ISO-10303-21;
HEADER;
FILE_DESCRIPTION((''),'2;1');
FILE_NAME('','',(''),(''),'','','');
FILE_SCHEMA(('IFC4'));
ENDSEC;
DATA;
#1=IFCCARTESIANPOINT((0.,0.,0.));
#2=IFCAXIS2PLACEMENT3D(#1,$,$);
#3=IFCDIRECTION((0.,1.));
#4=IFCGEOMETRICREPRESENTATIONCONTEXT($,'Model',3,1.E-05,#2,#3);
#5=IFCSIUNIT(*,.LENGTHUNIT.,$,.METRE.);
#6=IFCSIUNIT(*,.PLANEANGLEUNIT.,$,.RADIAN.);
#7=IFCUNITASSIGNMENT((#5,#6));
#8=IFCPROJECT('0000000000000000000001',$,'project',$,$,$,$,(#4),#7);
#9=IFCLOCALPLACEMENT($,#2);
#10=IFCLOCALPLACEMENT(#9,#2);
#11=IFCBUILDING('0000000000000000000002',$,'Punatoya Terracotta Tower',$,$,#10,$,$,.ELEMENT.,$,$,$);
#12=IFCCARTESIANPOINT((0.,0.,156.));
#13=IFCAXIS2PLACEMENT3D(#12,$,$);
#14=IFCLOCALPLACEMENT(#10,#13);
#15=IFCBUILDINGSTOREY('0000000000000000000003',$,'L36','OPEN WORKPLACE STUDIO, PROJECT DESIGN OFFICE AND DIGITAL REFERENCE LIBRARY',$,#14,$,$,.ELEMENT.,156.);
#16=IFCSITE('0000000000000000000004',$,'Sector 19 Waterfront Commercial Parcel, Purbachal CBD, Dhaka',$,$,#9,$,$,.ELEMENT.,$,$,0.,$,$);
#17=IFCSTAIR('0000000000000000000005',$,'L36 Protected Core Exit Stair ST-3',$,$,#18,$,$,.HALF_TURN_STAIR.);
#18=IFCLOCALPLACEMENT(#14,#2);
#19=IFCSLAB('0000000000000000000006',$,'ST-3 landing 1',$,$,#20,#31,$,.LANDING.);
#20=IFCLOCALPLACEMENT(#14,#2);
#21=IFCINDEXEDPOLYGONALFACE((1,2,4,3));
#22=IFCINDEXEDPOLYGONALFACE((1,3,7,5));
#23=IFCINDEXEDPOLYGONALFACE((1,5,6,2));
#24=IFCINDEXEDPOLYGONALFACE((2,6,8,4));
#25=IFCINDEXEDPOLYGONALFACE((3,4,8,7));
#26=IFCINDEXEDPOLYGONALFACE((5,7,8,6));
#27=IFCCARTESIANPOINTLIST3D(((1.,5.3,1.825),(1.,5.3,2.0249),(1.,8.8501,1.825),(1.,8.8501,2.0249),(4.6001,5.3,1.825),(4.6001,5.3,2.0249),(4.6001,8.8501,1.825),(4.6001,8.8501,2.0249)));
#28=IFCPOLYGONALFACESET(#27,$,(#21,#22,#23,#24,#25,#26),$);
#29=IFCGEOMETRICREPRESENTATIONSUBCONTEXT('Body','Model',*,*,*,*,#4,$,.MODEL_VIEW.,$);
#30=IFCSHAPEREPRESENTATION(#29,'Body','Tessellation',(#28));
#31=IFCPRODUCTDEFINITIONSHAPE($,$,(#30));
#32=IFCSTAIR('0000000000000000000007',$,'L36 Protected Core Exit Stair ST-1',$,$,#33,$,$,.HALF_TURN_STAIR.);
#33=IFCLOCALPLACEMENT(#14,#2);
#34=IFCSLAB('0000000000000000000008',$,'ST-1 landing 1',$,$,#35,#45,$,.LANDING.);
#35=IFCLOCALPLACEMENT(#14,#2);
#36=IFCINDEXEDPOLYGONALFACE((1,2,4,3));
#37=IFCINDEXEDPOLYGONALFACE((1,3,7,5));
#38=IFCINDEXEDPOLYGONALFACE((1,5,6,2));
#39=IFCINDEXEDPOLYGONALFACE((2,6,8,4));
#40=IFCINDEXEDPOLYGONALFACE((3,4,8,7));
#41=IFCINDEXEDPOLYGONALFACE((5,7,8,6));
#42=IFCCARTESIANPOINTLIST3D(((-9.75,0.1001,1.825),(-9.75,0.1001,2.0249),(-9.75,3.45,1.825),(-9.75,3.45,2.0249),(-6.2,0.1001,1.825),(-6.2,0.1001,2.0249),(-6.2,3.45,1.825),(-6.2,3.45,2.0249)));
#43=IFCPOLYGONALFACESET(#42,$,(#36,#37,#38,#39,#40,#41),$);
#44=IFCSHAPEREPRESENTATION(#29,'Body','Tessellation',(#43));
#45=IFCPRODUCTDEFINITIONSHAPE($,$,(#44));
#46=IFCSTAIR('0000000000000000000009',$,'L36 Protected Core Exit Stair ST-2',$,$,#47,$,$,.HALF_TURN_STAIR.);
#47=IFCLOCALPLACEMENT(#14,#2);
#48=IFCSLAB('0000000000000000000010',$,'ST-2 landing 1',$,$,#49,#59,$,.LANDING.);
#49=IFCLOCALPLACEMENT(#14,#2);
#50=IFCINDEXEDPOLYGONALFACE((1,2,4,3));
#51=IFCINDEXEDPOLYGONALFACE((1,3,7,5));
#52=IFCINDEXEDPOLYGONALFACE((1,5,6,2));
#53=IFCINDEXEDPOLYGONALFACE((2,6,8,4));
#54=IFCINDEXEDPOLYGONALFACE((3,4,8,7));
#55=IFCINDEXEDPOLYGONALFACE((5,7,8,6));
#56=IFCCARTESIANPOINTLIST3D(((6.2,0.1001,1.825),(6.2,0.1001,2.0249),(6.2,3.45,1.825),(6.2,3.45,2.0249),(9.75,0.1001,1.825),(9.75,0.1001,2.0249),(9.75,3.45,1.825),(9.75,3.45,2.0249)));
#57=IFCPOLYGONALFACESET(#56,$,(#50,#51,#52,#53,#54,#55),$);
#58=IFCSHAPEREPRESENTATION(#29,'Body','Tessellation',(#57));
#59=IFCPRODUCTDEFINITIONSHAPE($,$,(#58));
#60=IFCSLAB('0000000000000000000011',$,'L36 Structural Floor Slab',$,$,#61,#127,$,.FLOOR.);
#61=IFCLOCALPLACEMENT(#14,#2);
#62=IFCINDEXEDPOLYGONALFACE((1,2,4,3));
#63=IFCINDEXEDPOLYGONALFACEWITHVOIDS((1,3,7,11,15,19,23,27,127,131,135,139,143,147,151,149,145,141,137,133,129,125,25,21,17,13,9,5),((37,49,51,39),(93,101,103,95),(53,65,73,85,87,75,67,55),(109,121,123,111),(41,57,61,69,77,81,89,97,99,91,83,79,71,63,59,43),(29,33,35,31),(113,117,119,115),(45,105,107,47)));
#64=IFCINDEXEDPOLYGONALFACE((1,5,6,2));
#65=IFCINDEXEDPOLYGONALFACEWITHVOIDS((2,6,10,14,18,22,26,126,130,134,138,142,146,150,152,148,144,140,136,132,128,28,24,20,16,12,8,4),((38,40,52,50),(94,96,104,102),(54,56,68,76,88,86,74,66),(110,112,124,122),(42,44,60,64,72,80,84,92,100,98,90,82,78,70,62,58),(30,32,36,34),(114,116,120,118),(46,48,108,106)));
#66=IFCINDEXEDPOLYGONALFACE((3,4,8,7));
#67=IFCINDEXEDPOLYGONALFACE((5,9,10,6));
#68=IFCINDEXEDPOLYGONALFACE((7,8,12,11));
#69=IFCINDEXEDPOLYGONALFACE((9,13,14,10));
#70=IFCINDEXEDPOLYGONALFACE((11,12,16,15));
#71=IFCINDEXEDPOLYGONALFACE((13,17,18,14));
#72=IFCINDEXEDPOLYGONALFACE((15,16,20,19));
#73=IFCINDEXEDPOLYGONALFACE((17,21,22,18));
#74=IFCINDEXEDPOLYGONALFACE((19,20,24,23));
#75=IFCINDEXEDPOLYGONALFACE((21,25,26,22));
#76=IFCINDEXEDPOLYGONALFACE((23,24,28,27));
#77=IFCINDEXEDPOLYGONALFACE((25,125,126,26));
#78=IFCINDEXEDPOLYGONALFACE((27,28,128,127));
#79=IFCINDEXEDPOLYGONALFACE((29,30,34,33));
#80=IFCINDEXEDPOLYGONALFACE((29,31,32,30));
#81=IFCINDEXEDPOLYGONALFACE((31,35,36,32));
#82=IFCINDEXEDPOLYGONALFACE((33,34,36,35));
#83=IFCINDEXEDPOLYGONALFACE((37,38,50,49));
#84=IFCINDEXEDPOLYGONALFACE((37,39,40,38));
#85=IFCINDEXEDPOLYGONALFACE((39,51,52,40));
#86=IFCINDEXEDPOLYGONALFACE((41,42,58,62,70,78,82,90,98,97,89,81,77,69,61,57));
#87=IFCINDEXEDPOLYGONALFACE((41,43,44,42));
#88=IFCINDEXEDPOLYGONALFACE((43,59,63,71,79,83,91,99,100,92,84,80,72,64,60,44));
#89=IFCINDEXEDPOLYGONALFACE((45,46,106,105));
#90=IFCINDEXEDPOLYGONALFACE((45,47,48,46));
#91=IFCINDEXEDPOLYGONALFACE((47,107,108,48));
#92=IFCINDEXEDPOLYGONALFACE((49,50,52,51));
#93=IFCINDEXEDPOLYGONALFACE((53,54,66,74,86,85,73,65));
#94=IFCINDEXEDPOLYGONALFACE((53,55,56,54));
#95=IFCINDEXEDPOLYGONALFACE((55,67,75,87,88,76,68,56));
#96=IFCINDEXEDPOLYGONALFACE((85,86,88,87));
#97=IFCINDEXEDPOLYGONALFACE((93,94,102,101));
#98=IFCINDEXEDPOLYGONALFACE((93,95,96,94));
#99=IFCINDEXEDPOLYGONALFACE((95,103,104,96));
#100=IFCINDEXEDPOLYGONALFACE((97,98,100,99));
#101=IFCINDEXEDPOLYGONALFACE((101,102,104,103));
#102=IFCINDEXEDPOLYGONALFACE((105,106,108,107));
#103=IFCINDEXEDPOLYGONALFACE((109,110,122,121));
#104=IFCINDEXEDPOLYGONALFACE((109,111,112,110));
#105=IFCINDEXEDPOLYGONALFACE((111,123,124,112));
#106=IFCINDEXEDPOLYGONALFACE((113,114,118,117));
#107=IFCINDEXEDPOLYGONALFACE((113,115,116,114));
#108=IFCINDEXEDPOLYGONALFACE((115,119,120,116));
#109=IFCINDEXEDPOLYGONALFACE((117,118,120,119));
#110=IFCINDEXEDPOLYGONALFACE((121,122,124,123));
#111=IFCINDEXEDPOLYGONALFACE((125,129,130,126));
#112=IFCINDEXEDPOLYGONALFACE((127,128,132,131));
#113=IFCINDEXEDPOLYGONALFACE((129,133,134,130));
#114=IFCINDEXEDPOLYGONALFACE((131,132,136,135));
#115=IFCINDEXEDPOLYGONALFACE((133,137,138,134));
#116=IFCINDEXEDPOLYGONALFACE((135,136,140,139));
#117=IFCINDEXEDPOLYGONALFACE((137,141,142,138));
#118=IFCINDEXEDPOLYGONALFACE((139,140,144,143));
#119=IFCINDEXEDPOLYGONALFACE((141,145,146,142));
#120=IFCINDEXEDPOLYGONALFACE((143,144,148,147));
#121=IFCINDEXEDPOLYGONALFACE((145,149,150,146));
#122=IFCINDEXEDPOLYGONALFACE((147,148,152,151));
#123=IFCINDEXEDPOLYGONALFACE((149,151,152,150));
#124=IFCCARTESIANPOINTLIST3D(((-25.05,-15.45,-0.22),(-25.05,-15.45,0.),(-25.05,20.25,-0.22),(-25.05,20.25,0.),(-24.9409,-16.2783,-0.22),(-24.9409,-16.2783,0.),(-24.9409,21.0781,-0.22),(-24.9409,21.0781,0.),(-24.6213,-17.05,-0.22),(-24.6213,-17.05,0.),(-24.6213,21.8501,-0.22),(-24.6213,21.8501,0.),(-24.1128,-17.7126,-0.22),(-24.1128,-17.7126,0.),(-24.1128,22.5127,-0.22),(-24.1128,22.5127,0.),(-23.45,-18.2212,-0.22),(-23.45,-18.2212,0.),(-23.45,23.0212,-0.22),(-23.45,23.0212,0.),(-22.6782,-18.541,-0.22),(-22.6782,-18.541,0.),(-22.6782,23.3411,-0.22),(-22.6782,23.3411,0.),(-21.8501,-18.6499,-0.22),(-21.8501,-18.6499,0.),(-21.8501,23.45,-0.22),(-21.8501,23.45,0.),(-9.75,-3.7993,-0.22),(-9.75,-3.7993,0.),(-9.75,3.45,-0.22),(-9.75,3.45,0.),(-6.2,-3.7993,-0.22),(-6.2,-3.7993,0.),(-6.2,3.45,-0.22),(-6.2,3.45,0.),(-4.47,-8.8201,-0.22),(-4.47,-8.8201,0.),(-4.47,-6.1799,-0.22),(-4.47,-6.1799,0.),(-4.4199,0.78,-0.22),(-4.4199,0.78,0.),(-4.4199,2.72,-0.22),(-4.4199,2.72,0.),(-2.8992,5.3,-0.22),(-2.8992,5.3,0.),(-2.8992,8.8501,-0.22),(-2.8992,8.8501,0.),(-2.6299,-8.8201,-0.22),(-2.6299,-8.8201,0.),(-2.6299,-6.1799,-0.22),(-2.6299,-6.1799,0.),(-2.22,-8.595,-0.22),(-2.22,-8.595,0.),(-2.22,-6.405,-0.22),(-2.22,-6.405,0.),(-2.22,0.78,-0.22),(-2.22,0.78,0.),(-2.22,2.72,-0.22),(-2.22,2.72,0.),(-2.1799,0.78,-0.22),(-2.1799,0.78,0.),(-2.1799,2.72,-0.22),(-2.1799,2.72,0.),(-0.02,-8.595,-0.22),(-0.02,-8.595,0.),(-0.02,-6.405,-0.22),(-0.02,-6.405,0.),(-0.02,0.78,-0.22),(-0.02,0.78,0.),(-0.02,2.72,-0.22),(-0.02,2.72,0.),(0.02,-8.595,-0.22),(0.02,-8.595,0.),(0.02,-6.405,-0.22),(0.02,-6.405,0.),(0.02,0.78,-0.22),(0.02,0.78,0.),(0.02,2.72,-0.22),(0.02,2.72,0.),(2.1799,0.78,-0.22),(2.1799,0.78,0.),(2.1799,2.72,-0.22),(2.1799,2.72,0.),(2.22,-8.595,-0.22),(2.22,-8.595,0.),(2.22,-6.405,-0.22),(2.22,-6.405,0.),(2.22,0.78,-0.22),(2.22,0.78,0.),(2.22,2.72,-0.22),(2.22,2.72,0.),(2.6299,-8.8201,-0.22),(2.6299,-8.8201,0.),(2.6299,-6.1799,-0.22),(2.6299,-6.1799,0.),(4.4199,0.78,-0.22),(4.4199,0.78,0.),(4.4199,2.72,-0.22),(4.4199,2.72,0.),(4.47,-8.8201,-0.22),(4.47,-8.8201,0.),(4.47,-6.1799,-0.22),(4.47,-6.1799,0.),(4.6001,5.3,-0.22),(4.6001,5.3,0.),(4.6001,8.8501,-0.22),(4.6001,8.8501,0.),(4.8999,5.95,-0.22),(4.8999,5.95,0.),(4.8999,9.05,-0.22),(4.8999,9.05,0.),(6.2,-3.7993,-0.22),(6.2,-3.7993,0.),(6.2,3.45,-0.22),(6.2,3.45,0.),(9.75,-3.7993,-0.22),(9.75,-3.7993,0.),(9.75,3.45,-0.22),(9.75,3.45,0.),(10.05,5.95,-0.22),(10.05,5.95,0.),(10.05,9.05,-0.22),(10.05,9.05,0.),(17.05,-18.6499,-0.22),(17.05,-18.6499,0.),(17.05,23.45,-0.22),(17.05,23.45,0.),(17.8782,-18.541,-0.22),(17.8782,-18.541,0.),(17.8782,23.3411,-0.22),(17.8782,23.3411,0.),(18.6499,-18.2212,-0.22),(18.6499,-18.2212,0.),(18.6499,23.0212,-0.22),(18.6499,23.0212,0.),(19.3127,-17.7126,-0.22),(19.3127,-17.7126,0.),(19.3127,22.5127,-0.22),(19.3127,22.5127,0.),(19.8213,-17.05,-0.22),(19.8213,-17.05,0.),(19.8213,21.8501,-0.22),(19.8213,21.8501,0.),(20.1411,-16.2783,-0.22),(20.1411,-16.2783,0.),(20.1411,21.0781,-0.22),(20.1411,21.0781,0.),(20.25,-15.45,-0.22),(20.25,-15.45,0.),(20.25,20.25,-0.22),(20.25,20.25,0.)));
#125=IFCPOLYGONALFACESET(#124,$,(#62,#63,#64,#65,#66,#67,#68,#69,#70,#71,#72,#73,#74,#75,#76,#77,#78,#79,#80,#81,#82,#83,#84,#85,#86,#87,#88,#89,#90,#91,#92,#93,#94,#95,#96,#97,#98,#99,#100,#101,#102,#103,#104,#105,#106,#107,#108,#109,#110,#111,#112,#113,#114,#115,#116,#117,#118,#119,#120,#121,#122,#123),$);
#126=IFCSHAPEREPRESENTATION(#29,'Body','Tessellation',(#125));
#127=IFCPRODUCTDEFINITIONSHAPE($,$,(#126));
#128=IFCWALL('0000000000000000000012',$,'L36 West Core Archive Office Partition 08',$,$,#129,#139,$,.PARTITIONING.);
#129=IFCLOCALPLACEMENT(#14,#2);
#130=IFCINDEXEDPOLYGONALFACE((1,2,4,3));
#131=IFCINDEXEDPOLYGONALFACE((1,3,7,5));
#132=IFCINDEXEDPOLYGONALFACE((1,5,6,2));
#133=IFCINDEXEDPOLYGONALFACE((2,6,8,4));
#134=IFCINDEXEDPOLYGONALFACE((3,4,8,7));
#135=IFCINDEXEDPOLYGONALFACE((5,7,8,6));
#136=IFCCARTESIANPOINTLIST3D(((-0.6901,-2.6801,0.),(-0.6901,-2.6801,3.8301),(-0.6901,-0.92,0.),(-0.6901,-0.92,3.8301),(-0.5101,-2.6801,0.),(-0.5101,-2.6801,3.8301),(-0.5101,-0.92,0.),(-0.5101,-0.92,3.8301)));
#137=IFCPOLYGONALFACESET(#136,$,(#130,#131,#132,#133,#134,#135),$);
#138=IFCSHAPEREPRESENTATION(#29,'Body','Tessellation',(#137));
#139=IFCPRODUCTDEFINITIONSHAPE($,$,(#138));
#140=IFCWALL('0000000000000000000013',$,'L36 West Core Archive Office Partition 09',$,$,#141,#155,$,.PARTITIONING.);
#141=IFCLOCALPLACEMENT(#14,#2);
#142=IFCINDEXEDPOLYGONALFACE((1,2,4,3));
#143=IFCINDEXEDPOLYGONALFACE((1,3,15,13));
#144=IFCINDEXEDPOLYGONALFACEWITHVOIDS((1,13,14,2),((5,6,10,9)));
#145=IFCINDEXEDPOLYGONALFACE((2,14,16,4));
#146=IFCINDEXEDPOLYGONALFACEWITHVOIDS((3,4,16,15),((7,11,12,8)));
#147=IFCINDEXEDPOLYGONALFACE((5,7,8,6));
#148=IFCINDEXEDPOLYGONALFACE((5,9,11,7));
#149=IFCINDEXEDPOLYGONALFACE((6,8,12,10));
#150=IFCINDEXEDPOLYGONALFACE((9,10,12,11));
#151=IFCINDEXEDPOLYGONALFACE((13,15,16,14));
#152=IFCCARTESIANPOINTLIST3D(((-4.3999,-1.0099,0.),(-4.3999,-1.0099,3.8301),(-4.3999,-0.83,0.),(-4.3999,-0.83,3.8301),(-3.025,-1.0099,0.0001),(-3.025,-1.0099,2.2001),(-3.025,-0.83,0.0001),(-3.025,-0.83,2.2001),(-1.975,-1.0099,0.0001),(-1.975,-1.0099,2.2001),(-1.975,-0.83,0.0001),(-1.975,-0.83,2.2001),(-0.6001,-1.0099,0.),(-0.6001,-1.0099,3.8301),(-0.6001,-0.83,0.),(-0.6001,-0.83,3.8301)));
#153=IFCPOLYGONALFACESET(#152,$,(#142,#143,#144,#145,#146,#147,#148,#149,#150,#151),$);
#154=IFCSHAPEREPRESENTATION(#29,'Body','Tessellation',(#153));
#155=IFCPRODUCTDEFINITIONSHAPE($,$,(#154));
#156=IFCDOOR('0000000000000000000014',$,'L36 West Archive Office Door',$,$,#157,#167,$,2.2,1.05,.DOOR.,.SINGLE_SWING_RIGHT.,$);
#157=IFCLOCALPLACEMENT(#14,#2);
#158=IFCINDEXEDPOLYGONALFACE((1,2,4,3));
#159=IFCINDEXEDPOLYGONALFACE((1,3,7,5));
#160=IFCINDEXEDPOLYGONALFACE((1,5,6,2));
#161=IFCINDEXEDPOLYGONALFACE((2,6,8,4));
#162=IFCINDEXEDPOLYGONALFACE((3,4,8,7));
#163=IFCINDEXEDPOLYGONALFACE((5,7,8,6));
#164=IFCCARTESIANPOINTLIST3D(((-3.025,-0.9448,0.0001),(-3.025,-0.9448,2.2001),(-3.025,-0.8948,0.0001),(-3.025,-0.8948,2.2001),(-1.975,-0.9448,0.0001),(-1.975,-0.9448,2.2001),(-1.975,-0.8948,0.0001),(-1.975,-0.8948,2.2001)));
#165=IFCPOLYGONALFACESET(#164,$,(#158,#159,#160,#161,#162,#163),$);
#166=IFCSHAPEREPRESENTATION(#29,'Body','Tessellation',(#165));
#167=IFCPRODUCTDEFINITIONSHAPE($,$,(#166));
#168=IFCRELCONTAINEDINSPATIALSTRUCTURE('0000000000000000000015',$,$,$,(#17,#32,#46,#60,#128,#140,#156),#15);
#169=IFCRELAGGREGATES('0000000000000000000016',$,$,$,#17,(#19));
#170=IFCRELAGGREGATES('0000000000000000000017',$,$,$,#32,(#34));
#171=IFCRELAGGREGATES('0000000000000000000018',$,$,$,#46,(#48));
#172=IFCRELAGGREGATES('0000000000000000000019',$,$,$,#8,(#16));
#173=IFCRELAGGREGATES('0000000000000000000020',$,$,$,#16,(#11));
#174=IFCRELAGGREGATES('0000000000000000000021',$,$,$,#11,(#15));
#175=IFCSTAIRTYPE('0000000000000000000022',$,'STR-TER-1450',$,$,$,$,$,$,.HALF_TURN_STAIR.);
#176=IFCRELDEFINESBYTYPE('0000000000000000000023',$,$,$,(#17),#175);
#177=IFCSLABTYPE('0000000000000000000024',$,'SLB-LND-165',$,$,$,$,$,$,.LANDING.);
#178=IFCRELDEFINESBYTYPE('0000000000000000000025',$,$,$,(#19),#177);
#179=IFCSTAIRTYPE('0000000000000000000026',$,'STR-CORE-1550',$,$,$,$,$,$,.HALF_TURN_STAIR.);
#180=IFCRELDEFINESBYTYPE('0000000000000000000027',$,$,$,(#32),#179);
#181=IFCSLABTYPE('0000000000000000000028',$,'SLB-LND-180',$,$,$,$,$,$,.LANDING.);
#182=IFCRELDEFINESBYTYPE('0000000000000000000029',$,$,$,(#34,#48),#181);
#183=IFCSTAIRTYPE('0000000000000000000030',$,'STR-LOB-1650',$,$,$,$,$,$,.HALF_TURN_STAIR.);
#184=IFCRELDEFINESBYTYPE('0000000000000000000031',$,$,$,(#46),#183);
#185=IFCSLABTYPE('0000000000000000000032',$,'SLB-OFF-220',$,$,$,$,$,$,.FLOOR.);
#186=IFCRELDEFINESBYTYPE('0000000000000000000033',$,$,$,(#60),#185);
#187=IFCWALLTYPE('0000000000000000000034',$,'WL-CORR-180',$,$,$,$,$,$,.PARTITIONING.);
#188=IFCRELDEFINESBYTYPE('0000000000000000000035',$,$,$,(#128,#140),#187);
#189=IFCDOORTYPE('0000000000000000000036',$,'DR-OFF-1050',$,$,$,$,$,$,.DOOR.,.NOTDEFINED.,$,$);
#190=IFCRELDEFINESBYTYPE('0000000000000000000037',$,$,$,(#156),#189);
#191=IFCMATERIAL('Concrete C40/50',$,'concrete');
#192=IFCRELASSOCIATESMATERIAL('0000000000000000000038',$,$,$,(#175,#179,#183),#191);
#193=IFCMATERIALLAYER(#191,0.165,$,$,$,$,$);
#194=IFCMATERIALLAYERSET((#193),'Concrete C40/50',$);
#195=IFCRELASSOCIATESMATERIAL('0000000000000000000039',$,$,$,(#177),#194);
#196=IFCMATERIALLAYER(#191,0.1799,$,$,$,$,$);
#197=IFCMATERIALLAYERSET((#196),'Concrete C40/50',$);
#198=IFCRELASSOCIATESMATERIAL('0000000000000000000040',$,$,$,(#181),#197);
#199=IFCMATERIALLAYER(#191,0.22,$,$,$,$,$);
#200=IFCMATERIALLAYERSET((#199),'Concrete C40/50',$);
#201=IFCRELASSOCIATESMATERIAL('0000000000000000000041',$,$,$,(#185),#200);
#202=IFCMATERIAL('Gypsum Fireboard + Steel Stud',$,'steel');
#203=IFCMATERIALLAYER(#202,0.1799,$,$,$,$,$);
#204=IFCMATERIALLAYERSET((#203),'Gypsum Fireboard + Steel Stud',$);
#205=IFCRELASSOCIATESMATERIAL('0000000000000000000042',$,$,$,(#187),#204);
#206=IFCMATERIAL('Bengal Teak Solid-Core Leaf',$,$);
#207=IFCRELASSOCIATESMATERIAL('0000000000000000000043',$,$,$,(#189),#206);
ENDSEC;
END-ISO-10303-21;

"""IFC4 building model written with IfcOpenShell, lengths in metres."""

from ifc_helpers import new_model, si_unit, direction, frame, frame_2d, origin, place, context, subcontext, project, spatial, polyline, rectangle, outline, extrude, material, layer, layer_set, type_object, element, fill, aggregate, save


model = new_model("IFC4")

# Units and contexts
model_context = context("Model", 3, precision=1e-05, world=origin(), true_north=direction((0.0, 1.0)))
body_context = subcontext(model_context, "Body", "Model", "MODEL_VIEW")
ifc_project = project(units=[si_unit("LENGTHUNIT", "METRE"), si_unit("PLANEANGLEUNIT", "RADIAN")], contexts=[model_context])

# Site, building, storey
site_placement = place(None, origin())
site = spatial("IfcSite", under=ifc_project, at=site_placement, Name="Sector 19 Waterfront Commercial Parcel, Purbachal CBD, Dhaka", CompositionType="ELEMENT", RefElevation=0.0)
building_placement = place(site_placement, origin())
building = spatial("IfcBuilding", under=site, at=building_placement, Name="Punatoya Terracotta Tower", CompositionType="ELEMENT")
storey_placement = place(building_placement, frame((0.0, 0.0, 156.0)))
storey = spatial("IfcBuildingStorey", under=building, at=storey_placement, Name="L36", Description="OPEN WORKPLACE STUDIO, PROJECT DESIGN OFFICE AND DIGITAL REFERENCE LIBRARY", CompositionType="ELEMENT", Elevation=156.0)

# Stairs, slabs
ifc_material_1 = material(Name="Concrete C40/50", Category="concrete")
stair_type_1 = type_object("IfcStairType", Name="STR-TER-1450", PredefinedType="HALF_TURN_STAIR", material=ifc_material_1)
stair_1_placement = place(storey_placement, origin())
stair_1 = element("IfcStair", 1, at=stair_1_placement, inside=storey, type_object=stair_type_1, Name="L36 Protected Core Exit Stair ST-3", PredefinedType="HALF_TURN_STAIR")
ifc_layer_1 = layer(ifc_material_1, 0.165)
ifc_layer_set_1 = layer_set([ifc_layer_1], Name="Concrete C40/50")
slab_type_1 = type_object("IfcSlabType", Name="SLB-LND-165", PredefinedType="LANDING", material=ifc_layer_set_1)
slab_1_placement = place(storey_placement, frame((0.0, 0.0, 1.825)))
slab_1 = element("IfcSlab", 2, at=slab_1_placement, type_object=slab_type_1, Name="ST-3 landing 1", PredefinedType="LANDING", context=body_context, shape_type="SweptSolid", body=[
    extrude(outline(polyline([(1.0, 5.3), (4.6001, 5.3), (4.6001, 8.8501), (1.0, 8.8501), (1.0, 5.3)])), origin(), (0.0, 0.0, 1.0), 0.2),
])
aggregate(stair_1, [slab_1])
stair_type_2 = type_object("IfcStairType", Name="STR-CORE-1550", PredefinedType="HALF_TURN_STAIR", material=ifc_material_1)
stair_2_placement = place(storey_placement, origin())
stair_2 = element("IfcStair", 3, at=stair_2_placement, inside=storey, type_object=stair_type_2, Name="L36 Protected Core Exit Stair ST-1", PredefinedType="HALF_TURN_STAIR")
ifc_layer_2 = layer(ifc_material_1, 0.1799)
ifc_layer_set_2 = layer_set([ifc_layer_2], Name="Concrete C40/50")
slab_type_2 = type_object("IfcSlabType", Name="SLB-LND-180", PredefinedType="LANDING", material=ifc_layer_set_2)
slab_2_placement = place(storey_placement, frame((0.0, 0.0, 1.825)))
slab_2 = element("IfcSlab", 4, at=slab_2_placement, type_object=slab_type_2, Name="ST-1 landing 1", PredefinedType="LANDING", context=body_context, shape_type="SweptSolid", body=[
    extrude(outline(polyline([(-6.2, 0.1001), (-6.2, 3.45), (-9.75, 3.45), (-9.75, 0.1001), (-6.2, 0.1001)])), origin(), (0.0, 0.0, 1.0), 0.2),
])
aggregate(stair_2, [slab_2])
stair_type_3 = type_object("IfcStairType", Name="STR-LOB-1650", PredefinedType="HALF_TURN_STAIR", material=ifc_material_1)
stair_3_placement = place(storey_placement, origin())
stair_3 = element("IfcStair", 5, at=stair_3_placement, inside=storey, type_object=stair_type_3, Name="L36 Protected Core Exit Stair ST-2", PredefinedType="HALF_TURN_STAIR")
slab_3_placement = place(storey_placement, frame((0.0, 0.0, 1.825)))
slab_3 = element("IfcSlab", 6, at=slab_3_placement, type_object=slab_type_2, Name="ST-2 landing 1", PredefinedType="LANDING", context=body_context, shape_type="SweptSolid", body=[
    extrude(outline(polyline([(9.75, 0.1001), (9.75, 3.45), (6.2, 3.45), (6.2, 0.1001), (9.75, 0.1001)])), origin(), (0.0, 0.0, 1.0), 0.2),
])

# Slab
ifc_layer_3 = layer(ifc_material_1, 0.22)
ifc_layer_set_3 = layer_set([ifc_layer_3], Name="Concrete C40/50")
slab_type_3 = type_object("IfcSlabType", Name="SLB-OFF-220", PredefinedType="FLOOR", material=ifc_layer_set_3)
slab_4_placement = place(storey_placement, frame((0.0, 0.0, -0.22)))
element("IfcSlab", 7, at=slab_4_placement, inside=storey, type_object=slab_type_3, Name="L36 Structural Floor Slab", PredefinedType="FLOOR", context=body_context, shape_type="SweptSolid", body=[
    extrude(outline(polyline([(-21.8501, -18.6499), (-22.6782, -18.541), (-23.45, -18.2212), (-24.1128, -17.7126), (-24.6213, -17.05), (-24.9409, -16.2783), (-25.05, -15.45), (-25.05, 20.25), (-24.9409, 21.0781), (-24.6213, 21.8501), (-24.1128, 22.5127), (-23.45, 23.0212), (-22.6782, 23.3411), (-21.8501, 23.45), (17.05, 23.45), (17.8782, 23.3411), (18.6499, 23.0212), (19.3127, 22.5127), (19.8213, 21.8501), (20.1411, 21.0781), (20.25, 20.25), (20.25, -15.45), (20.1411, -16.2783), (19.8213, -17.05), (19.3127, -17.7126), (18.6499, -18.2212), (17.8782, -18.541), (17.05, -18.6499), (-21.8501, -18.6499)]), holes=[polyline([(-2.6299, -6.1799), (-4.47, -6.1799), (-4.47, -8.8201), (-2.6299, -8.8201), (-2.6299, -6.1799)]), polyline([(0.02, -8.595), (2.22, -8.595), (2.22, -6.405), (0.02, -6.405), (-0.02, -6.405), (-2.22, -6.405), (-2.22, -8.595), (-0.02, -8.595), (0.02, -8.595)]), polyline([(-6.2, 3.45), (-9.75, 3.45), (-9.75, -3.7993), (-6.2, -3.7993), (-6.2, 3.45)]), polyline([(-4.4199, 2.72), (-4.4199, 0.78), (-2.22, 0.78), (-2.1799, 0.78), (-0.02, 0.78), (0.02, 0.78), (2.1799, 0.78), (2.22, 0.78), (4.4199, 0.78), (4.4199, 2.72), (2.22, 2.72), (2.1799, 2.72), (0.02, 2.72), (-0.02, 2.72), (-2.1799, 2.72), (-2.22, 2.72), (-4.4199, 2.72)]), polyline([(4.6001, 5.3), (4.6001, 8.8501), (-2.8992, 8.8501), (-2.8992, 5.3), (4.6001, 5.3)]), polyline([(4.47, -8.8201), (4.47, -6.1799), (2.6299, -6.1799), (2.6299, -8.8201), (4.47, -8.8201)]), polyline([(9.75, 3.45), (6.2, 3.45), (6.2, -3.7993), (9.75, -3.7993), (9.75, 3.45)]), polyline([(10.05, 5.95), (10.05, 9.05), (4.8999, 9.05), (4.8999, 5.95), (10.05, 5.95)])]), origin(), (0.0, 0.0, 1.0), 0.22),
])

# Wall
ifc_material_2 = material(Name="Gypsum Fireboard + Steel Stud", Category="steel")
ifc_layer_4 = layer(ifc_material_2, 0.1799)
ifc_layer_set_4 = layer_set([ifc_layer_4], Name="Gypsum Fireboard + Steel Stud")
wall_type_1 = type_object("IfcWallType", Name="WL-CORR-180", PredefinedType="PARTITIONING", material=ifc_layer_set_4)
wall_1_placement = place(storey_placement, frame((-0.6001, -2.6799, 0.0), z_axis=(0.0, 0.0, 1.0), x_axis=(0.0, 1.0, 0.0)))
element("IfcWall", 8, at=wall_1_placement, inside=storey, type_object=wall_type_1, Name="L36 West Core Archive Office Partition 08", PredefinedType="PARTITIONING", context=body_context, shape_type="SweptSolid", body=[
    extrude(rectangle(XDim=1.76, YDim=0.1799, at=frame_2d((0.8799, 0.0))), origin(), (0.0, 0.0, 1.0), 3.8301),
])

# Wall, opening, door
wall_2_placement = place(storey_placement, frame((-0.6001, -0.9199, 0.0), z_axis=(0.0, 0.0, 1.0), x_axis=(-1.0, 0.0, 0.0)))
wall_2 = element("IfcWall", 9, at=wall_2_placement, inside=storey, type_object=wall_type_1, Name="L36 West Core Archive Office Partition 09", PredefinedType="PARTITIONING", context=body_context, shape_type="SweptSolid", body=[
    extrude(rectangle(XDim=3.7998, YDim=0.1799, at=frame_2d((1.8999, 0.0))), origin(), (0.0, 0.0, 1.0), 3.8301),
])
opening_1_placement = place(wall_2_placement, frame((1.375, 0.0, 0.0)))
opening_1 = element("IfcOpeningElement", 10, at=opening_1_placement, cuts=wall_2, PredefinedType="OPENING", context=body_context, shape_type="SweptSolid", body=[
    extrude(rectangle(XDim=1.05, YDim=2.2, at=frame_2d((0.5249, 1.1001))), frame((0.0, 0.0999, 0.0), z_axis=(0.0, -1.0, 0.0), x_axis=(1.0, 0.0, 0.0)), (0.0, 0.0, 1.0), 0.2),
])
ifc_material_3 = material(Name="Bengal Teak Solid-Core Leaf")
door_type_1 = type_object("IfcDoorType", Name="DR-OFF-1050", OperationType="NOTDEFINED", PredefinedType="DOOR", material=ifc_material_3)
door_1_placement = place(opening_1_placement, origin())
door_1 = element("IfcDoor", 11, at=door_1_placement, inside=storey, type_object=door_type_1, Name="L36 West Archive Office Door", OperationType="SINGLE_SWING_RIGHT", OverallHeight=2.2, OverallWidth=1.05, PredefinedType="DOOR", context=body_context, shape_type="SweptSolid", body=[
    extrude(rectangle(XDim=1.05, YDim=2.2, at=frame_2d((0.5249, 1.1001))), frame((0.0, 0.0249, 0.0), z_axis=(0.0, -1.0, 0.0), x_axis=(1.0, 0.0, 0.0)), (0.0, 0.0, 1.0), 0.05),
])
fill(opening_1, door_1)

aggregate(stair_3, [slab_3])

save(model, "model.ifc")
